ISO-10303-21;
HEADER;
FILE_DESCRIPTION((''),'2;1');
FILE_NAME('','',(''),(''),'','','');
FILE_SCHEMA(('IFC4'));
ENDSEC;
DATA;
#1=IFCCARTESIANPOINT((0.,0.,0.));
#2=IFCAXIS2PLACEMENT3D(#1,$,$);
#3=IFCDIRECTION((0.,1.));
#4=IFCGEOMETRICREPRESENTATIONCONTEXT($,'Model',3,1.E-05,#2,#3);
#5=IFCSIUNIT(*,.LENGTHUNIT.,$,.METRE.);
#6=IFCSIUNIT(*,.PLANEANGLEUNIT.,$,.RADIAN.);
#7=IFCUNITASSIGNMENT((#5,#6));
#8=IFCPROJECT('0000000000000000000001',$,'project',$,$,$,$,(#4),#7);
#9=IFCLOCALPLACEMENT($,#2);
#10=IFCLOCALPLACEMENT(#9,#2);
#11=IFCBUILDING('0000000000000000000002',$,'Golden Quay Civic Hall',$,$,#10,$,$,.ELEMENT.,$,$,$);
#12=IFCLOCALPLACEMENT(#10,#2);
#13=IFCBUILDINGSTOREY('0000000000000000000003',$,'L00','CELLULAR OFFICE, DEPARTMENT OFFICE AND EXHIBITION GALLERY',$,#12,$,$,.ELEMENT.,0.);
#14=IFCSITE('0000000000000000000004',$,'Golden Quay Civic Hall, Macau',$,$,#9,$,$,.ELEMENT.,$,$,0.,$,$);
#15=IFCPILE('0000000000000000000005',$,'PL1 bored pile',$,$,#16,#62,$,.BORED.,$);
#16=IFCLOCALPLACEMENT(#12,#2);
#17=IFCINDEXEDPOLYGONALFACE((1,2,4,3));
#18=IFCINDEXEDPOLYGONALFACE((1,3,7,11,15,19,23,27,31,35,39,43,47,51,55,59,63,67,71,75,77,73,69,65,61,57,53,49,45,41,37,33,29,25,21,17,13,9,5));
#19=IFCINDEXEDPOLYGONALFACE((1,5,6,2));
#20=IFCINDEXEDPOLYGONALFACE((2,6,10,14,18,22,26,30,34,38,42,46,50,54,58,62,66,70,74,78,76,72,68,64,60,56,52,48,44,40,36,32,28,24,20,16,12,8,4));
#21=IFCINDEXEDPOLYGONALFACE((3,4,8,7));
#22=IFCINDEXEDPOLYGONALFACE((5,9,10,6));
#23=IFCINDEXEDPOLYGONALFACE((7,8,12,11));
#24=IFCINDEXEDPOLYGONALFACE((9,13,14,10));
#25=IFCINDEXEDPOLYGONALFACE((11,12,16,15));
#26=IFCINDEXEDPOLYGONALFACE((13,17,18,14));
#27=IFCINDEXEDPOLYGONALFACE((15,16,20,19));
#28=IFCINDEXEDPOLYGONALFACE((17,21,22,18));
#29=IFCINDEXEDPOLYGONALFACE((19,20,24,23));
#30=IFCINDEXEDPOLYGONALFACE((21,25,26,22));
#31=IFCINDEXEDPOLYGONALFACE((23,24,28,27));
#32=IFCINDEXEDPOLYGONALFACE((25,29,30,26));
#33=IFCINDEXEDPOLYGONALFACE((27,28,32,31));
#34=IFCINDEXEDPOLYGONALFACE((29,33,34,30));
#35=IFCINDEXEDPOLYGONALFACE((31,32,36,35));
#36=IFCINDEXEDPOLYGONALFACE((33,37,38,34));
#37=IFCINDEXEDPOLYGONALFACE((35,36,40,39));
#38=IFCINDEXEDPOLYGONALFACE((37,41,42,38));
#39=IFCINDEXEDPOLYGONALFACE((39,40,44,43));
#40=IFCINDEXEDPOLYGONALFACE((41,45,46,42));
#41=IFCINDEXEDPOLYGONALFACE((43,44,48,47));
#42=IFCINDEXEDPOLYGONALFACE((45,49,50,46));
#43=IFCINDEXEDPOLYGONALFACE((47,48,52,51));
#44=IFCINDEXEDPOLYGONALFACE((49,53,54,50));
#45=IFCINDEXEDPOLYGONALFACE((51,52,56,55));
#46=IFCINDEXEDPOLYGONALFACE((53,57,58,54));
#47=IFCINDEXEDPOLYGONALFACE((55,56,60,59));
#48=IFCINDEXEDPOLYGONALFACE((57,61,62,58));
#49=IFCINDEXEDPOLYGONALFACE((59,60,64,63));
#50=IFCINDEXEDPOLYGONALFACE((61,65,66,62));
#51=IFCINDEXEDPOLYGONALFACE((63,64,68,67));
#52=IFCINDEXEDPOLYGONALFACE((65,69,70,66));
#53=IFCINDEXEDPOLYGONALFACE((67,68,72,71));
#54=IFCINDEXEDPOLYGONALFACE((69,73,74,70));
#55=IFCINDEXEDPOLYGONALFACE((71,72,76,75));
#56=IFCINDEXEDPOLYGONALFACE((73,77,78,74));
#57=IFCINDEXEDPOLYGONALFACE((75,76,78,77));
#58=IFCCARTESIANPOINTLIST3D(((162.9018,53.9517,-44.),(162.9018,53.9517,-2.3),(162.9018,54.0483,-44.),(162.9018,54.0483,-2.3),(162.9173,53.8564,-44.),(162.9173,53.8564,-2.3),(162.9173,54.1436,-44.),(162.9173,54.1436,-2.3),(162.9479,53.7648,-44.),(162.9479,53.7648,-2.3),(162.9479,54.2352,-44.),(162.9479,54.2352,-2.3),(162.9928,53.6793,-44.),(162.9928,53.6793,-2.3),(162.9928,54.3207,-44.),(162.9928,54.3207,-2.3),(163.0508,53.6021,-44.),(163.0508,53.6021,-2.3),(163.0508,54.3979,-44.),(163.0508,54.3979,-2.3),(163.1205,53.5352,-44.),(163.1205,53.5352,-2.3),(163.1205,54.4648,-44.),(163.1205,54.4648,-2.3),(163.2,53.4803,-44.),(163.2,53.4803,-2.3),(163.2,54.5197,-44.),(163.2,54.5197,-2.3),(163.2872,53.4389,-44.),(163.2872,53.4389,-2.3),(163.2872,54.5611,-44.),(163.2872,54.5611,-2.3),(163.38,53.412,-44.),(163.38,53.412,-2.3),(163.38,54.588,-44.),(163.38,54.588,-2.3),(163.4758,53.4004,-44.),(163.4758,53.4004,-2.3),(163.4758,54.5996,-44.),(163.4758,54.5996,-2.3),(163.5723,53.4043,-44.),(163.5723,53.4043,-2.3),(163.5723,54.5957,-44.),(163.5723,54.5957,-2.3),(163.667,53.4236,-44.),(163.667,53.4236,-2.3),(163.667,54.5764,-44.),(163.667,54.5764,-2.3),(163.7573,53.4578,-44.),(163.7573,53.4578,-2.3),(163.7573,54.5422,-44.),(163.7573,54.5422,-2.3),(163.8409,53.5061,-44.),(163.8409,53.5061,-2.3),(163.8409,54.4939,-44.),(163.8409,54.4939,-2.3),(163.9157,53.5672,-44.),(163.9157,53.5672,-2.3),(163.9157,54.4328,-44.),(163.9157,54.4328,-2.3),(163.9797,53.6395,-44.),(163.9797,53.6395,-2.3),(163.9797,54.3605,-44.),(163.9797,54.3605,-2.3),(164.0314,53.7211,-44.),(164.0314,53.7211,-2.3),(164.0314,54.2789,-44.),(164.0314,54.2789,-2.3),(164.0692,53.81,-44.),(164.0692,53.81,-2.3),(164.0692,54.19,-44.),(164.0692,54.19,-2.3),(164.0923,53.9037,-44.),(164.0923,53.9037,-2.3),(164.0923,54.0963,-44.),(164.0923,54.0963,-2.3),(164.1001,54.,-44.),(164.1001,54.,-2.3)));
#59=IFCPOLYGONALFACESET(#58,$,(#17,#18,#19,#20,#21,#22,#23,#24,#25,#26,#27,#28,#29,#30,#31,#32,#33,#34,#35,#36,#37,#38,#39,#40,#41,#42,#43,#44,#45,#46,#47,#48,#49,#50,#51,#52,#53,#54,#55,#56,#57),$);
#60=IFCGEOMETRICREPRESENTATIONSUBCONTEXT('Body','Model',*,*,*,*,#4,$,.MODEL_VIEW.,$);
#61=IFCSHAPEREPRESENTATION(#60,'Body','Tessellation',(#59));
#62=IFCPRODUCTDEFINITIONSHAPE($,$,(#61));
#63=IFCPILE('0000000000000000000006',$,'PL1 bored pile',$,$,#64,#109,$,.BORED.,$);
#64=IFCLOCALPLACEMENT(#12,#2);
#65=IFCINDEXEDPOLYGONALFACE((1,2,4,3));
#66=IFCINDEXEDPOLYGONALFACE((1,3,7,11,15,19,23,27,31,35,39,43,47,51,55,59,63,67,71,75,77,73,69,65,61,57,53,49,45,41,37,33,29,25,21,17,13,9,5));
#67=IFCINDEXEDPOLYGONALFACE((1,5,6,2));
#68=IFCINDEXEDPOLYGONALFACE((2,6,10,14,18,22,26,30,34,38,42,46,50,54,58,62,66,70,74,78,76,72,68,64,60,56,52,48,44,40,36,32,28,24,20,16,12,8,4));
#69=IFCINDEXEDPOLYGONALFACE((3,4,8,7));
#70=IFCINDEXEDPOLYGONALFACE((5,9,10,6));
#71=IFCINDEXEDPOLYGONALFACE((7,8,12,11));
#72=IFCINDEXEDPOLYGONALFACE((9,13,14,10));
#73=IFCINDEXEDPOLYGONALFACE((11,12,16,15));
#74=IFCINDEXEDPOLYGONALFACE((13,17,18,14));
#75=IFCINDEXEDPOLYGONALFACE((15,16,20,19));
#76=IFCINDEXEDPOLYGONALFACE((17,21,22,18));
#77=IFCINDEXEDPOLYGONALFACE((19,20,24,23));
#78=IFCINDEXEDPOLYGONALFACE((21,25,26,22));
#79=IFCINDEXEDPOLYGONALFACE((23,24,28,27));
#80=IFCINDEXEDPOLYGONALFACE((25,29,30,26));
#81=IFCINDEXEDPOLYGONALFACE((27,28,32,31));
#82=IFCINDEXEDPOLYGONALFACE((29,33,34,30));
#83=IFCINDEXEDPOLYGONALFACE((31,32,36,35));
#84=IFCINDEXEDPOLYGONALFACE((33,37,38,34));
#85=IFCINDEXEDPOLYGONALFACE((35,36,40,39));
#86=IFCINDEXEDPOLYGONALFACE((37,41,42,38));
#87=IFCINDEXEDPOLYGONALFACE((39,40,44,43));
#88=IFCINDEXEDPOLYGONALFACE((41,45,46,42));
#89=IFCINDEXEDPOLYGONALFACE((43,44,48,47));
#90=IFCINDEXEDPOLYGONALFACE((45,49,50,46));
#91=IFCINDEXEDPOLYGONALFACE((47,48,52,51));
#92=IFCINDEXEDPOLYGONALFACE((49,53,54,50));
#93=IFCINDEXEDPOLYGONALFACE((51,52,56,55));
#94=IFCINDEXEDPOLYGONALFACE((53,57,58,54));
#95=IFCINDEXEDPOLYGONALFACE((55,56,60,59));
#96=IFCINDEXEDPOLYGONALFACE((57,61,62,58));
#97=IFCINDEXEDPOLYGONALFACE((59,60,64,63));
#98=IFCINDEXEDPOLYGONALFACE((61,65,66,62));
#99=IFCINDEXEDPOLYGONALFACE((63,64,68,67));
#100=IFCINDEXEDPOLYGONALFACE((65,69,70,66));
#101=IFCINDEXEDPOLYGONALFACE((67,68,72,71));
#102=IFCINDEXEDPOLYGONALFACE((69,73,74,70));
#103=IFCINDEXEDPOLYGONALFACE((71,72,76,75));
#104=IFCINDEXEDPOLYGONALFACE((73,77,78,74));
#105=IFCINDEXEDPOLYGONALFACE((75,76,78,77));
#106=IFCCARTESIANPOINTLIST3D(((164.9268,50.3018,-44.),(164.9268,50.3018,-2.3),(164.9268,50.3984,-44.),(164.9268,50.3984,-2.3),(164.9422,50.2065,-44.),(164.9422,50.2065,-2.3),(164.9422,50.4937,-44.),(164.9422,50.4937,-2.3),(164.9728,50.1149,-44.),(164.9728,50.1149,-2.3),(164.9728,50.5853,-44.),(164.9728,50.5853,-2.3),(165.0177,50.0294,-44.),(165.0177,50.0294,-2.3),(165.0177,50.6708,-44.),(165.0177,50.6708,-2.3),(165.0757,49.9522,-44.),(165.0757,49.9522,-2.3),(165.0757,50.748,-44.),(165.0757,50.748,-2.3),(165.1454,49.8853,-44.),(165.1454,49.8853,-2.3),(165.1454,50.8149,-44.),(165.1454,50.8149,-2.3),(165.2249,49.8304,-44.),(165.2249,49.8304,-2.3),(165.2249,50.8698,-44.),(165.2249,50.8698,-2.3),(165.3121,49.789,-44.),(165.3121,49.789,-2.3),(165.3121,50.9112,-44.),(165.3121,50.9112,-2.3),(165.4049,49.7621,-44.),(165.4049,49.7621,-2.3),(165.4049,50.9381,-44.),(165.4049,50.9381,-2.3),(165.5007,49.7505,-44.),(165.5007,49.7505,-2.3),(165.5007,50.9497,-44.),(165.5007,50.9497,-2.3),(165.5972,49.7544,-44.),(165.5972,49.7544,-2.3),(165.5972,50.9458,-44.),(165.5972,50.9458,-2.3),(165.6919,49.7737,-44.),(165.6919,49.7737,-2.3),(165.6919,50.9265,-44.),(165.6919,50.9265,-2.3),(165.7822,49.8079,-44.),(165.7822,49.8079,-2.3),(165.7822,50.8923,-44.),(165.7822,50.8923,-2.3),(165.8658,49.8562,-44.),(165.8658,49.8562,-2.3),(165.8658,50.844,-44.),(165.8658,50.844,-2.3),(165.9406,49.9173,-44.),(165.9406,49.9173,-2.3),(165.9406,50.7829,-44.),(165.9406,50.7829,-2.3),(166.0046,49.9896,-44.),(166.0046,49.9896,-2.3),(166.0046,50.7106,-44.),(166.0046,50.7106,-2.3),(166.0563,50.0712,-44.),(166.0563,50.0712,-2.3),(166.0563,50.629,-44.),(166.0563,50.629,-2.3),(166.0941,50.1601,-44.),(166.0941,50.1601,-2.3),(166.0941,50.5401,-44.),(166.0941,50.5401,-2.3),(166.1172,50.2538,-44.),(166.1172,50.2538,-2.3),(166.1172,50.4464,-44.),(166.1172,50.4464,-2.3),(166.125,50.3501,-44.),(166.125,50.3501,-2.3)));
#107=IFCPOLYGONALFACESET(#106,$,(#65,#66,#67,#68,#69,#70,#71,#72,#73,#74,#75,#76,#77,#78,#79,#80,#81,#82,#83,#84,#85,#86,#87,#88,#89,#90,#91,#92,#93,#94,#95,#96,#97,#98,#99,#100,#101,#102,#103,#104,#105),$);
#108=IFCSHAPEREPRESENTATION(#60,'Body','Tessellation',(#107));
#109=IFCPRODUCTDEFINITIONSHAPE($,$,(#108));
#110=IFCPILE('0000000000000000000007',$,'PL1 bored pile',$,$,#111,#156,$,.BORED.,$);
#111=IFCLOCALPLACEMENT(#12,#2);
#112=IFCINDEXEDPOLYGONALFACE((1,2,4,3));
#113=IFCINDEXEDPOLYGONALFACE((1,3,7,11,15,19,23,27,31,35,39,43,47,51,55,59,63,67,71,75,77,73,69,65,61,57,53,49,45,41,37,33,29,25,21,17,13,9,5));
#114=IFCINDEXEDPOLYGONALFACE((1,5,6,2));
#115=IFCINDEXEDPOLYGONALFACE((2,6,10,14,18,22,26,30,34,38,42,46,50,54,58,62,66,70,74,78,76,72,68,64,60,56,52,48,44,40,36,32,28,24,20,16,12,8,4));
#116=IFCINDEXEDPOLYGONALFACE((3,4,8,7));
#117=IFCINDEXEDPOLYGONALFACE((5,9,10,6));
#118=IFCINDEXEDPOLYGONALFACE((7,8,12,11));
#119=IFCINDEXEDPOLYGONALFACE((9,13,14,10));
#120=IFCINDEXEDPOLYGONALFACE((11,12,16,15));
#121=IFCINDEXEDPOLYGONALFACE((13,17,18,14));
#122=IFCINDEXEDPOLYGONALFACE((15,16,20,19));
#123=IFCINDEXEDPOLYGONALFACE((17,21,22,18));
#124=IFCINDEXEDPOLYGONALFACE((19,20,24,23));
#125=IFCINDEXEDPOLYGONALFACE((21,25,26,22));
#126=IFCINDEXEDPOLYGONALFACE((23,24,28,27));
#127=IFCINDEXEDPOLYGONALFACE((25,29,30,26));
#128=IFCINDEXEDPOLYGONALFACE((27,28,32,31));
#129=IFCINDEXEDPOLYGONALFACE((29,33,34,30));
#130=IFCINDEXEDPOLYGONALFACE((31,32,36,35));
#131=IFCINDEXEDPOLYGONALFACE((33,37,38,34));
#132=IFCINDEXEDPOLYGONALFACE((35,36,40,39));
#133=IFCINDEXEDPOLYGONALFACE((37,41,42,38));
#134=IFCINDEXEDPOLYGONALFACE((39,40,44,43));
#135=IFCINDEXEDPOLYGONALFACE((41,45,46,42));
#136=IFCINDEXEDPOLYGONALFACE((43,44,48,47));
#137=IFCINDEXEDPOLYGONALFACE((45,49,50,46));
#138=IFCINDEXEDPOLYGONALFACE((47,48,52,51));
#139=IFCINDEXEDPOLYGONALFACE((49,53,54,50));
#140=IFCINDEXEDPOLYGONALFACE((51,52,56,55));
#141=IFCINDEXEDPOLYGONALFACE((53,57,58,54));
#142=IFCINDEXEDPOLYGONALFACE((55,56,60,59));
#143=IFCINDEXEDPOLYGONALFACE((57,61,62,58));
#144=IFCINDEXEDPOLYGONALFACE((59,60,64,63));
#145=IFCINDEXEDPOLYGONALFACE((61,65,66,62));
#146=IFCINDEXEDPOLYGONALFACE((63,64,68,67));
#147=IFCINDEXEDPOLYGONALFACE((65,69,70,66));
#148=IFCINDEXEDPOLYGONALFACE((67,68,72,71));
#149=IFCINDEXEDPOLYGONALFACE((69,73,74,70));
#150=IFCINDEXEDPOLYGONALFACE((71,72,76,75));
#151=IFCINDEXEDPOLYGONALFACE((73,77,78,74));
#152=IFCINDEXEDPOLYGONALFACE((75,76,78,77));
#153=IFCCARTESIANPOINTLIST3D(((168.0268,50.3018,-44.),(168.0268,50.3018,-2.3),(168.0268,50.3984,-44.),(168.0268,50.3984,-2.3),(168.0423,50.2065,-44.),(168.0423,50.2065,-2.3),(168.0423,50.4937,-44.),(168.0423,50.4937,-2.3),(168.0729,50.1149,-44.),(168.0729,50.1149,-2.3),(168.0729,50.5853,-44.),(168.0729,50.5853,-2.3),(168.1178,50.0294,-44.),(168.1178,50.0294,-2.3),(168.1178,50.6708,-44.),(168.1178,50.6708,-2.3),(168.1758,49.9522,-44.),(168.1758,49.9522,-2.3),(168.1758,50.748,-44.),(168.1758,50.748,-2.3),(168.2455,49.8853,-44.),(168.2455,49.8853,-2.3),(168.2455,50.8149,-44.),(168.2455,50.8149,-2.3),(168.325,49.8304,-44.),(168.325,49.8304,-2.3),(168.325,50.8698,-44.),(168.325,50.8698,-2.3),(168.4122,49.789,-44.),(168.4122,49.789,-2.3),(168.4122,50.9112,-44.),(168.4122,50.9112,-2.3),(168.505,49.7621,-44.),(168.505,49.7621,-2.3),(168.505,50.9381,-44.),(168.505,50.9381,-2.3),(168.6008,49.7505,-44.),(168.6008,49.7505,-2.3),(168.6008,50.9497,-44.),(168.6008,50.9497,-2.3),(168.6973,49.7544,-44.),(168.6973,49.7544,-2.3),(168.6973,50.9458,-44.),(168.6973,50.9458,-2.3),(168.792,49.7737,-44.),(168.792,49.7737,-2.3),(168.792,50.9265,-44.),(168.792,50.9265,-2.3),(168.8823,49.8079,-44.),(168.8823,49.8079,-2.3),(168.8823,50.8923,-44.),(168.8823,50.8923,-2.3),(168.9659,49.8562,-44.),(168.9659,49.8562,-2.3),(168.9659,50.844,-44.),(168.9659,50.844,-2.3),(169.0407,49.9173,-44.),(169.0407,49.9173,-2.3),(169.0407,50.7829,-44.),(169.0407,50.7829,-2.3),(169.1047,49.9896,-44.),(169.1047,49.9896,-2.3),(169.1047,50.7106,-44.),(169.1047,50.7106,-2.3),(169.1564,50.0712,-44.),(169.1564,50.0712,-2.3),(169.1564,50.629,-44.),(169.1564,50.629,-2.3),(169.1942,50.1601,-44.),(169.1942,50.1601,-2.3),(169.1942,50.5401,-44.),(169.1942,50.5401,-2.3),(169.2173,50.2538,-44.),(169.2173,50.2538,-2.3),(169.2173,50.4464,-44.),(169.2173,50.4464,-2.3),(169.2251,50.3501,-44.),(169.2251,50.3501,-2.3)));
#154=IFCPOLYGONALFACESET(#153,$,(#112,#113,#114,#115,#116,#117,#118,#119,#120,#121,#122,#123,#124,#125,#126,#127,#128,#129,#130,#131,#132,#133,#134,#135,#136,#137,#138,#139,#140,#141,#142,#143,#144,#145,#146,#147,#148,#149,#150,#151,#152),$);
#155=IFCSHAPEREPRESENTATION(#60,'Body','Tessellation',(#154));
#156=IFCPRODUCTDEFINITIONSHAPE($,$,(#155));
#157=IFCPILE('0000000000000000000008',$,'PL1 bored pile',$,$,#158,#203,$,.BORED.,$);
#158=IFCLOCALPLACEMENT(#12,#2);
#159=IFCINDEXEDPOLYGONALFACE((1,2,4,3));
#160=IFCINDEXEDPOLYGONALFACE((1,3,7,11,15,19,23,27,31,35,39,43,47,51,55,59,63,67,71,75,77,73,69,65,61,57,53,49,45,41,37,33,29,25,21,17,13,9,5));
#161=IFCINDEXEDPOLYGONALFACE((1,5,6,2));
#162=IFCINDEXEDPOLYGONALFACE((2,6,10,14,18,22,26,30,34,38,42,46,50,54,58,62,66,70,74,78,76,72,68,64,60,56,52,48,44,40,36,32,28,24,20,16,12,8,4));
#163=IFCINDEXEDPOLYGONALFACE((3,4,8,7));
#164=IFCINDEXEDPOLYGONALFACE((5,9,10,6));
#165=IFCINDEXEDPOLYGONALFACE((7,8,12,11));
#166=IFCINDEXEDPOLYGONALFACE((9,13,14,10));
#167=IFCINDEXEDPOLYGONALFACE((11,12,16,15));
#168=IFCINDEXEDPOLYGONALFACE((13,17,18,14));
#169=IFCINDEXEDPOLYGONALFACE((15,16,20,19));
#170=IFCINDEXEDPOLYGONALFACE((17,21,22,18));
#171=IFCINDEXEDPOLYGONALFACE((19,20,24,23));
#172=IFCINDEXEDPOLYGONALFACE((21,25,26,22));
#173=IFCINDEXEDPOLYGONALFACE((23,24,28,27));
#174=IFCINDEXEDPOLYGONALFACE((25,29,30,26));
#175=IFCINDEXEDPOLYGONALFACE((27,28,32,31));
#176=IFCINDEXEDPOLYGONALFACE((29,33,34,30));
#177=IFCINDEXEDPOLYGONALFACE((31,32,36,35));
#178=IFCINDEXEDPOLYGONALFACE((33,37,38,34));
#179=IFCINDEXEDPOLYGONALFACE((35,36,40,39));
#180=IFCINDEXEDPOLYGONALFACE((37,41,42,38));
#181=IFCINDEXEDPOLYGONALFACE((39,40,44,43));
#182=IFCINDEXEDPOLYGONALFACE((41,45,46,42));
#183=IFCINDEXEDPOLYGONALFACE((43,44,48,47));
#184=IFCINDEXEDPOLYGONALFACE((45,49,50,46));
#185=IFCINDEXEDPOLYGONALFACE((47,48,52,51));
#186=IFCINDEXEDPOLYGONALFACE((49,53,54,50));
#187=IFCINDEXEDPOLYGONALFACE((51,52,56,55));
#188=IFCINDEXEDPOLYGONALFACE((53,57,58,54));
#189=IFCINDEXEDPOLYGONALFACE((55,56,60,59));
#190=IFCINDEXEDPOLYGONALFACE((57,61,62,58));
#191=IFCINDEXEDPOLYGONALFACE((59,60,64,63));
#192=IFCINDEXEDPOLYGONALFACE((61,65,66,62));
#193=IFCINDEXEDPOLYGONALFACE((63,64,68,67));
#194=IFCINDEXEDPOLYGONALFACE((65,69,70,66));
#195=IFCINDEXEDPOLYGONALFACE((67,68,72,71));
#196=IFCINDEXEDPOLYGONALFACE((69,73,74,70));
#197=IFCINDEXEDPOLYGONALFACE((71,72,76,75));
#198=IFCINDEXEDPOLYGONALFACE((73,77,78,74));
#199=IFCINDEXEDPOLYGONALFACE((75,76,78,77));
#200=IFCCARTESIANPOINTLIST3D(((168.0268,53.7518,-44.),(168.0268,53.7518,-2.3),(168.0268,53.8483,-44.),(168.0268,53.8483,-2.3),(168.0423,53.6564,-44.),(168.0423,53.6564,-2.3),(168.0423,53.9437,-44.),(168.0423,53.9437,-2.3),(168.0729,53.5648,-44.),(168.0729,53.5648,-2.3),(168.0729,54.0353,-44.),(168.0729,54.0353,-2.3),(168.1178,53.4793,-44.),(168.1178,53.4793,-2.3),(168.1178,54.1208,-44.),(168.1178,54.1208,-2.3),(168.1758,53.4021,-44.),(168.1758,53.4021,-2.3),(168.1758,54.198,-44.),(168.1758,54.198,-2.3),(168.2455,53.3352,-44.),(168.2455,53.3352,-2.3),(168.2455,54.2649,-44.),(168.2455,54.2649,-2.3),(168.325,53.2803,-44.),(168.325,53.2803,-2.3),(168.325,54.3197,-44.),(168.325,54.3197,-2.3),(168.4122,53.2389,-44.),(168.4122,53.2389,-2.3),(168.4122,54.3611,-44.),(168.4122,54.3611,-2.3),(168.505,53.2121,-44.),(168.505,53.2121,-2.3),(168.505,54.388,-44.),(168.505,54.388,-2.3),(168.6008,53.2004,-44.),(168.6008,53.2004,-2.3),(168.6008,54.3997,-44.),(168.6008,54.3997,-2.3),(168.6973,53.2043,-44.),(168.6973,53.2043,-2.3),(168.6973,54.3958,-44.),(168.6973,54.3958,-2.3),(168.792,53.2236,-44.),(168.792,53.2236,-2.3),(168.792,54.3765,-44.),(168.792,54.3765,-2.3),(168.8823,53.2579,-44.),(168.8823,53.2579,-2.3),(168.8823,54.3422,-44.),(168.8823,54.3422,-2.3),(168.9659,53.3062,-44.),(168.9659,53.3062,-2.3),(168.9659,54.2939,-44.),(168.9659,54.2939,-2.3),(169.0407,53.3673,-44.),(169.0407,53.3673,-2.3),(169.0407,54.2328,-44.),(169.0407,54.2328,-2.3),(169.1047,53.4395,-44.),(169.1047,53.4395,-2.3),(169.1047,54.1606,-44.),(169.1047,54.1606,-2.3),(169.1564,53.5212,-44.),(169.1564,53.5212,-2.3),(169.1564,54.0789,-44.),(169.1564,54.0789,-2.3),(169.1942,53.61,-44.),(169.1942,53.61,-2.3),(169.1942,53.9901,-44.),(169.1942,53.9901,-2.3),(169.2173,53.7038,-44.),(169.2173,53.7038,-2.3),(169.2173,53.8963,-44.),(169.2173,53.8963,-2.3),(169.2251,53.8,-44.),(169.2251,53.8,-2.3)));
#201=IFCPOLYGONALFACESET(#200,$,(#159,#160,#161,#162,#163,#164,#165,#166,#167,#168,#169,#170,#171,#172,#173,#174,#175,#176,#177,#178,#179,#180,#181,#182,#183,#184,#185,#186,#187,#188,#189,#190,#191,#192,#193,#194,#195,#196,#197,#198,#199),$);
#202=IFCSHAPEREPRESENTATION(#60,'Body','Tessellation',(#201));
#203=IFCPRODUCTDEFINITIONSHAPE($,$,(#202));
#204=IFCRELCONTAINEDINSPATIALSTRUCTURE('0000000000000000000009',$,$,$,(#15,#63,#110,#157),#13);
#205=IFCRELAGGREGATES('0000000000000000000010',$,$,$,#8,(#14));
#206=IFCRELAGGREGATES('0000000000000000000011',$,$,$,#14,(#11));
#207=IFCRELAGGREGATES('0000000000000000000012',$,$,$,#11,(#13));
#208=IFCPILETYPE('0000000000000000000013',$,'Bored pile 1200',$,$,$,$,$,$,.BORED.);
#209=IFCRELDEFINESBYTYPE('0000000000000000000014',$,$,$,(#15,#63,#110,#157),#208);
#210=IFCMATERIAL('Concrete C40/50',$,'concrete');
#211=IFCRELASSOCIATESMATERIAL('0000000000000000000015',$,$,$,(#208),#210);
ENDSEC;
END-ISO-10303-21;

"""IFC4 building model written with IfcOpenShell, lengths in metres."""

from ifc_helpers import new_model, si_unit, direction, frame, origin, origin_2d, place, context, subcontext, project, spatial, circle, extrude, material, material_profile, profile_set, type_object, element, save


model = new_model("IFC4")

# Units and contexts
model_context = context("Model", 3, precision=1e-05, world=origin(), true_north=direction((0.0, 1.0)))
body_context = subcontext(model_context, "Body", "Model", "MODEL_VIEW")
ifc_project = project(units=[si_unit("LENGTHUNIT", "METRE"), si_unit("PLANEANGLEUNIT", "RADIAN")], contexts=[model_context])

# Site, building, storey
site_placement = place(None, origin())
site = spatial("IfcSite", under=ifc_project, at=site_placement, Name="Golden Quay Civic Hall, Macau", CompositionType="ELEMENT", RefElevation=0.0)
building_placement = place(site_placement, origin())
building = spatial("IfcBuilding", under=site, at=building_placement, Name="Golden Quay Civic Hall", CompositionType="ELEMENT")
storey_placement = place(building_placement, origin())
storey = spatial("IfcBuildingStorey", under=building, at=storey_placement, Name="L00", Description="CELLULAR OFFICE, DEPARTMENT OFFICE AND EXHIBITION GALLERY", CompositionType="ELEMENT", Elevation=0.0)

# Piles
ifc_material_1 = material(Name="Concrete C40/50", Category="concrete")
ifc_material_profile_1 = material_profile(ifc_material_1, circle(Radius=0.6001, at=origin_2d()), Name="RC D1200")
ifc_profile_set_1 = profile_set([ifc_material_profile_1], Name="Concrete C40/50")
pile_type = type_object("IfcPileType", Name="Bored pile 1200", PredefinedType="BORED", material=ifc_profile_set_1)
for number, where, z_axis, x_axis, name in (
    (1, (163.5, 54.0, -2.3), (0.0, 0.0, -1.0), (1.0, 0.0, 0.0), "PL1 bored pile"),
    (2, (165.5249, 50.3501, -2.3), (0.0, 0.0, -1.0), (1.0, 0.0, 0.0), "PL1 bored pile"),
    (3, (168.625, 50.3501, -2.3), (0.0, 0.0, -1.0), (1.0, 0.0, 0.0), "PL1 bored pile"),
    (4, (168.625, 53.8, -2.3), (0.0, 0.0, -1.0), (1.0, 0.0, 0.0), "PL1 bored pile"),
):
    element("IfcPile", number, at=place(storey_placement, frame(where, z_axis=z_axis, x_axis=x_axis)), inside=storey, type_object=pile_type, Name=name, PredefinedType="BORED", context=body_context, shape_type="SweptSolid", body=[
        extrude(circle(Radius=0.6001, at=origin_2d()), origin(), (0.0, 0.0, 1.0), 41.7),
    ])

save(model, "model.ifc")
